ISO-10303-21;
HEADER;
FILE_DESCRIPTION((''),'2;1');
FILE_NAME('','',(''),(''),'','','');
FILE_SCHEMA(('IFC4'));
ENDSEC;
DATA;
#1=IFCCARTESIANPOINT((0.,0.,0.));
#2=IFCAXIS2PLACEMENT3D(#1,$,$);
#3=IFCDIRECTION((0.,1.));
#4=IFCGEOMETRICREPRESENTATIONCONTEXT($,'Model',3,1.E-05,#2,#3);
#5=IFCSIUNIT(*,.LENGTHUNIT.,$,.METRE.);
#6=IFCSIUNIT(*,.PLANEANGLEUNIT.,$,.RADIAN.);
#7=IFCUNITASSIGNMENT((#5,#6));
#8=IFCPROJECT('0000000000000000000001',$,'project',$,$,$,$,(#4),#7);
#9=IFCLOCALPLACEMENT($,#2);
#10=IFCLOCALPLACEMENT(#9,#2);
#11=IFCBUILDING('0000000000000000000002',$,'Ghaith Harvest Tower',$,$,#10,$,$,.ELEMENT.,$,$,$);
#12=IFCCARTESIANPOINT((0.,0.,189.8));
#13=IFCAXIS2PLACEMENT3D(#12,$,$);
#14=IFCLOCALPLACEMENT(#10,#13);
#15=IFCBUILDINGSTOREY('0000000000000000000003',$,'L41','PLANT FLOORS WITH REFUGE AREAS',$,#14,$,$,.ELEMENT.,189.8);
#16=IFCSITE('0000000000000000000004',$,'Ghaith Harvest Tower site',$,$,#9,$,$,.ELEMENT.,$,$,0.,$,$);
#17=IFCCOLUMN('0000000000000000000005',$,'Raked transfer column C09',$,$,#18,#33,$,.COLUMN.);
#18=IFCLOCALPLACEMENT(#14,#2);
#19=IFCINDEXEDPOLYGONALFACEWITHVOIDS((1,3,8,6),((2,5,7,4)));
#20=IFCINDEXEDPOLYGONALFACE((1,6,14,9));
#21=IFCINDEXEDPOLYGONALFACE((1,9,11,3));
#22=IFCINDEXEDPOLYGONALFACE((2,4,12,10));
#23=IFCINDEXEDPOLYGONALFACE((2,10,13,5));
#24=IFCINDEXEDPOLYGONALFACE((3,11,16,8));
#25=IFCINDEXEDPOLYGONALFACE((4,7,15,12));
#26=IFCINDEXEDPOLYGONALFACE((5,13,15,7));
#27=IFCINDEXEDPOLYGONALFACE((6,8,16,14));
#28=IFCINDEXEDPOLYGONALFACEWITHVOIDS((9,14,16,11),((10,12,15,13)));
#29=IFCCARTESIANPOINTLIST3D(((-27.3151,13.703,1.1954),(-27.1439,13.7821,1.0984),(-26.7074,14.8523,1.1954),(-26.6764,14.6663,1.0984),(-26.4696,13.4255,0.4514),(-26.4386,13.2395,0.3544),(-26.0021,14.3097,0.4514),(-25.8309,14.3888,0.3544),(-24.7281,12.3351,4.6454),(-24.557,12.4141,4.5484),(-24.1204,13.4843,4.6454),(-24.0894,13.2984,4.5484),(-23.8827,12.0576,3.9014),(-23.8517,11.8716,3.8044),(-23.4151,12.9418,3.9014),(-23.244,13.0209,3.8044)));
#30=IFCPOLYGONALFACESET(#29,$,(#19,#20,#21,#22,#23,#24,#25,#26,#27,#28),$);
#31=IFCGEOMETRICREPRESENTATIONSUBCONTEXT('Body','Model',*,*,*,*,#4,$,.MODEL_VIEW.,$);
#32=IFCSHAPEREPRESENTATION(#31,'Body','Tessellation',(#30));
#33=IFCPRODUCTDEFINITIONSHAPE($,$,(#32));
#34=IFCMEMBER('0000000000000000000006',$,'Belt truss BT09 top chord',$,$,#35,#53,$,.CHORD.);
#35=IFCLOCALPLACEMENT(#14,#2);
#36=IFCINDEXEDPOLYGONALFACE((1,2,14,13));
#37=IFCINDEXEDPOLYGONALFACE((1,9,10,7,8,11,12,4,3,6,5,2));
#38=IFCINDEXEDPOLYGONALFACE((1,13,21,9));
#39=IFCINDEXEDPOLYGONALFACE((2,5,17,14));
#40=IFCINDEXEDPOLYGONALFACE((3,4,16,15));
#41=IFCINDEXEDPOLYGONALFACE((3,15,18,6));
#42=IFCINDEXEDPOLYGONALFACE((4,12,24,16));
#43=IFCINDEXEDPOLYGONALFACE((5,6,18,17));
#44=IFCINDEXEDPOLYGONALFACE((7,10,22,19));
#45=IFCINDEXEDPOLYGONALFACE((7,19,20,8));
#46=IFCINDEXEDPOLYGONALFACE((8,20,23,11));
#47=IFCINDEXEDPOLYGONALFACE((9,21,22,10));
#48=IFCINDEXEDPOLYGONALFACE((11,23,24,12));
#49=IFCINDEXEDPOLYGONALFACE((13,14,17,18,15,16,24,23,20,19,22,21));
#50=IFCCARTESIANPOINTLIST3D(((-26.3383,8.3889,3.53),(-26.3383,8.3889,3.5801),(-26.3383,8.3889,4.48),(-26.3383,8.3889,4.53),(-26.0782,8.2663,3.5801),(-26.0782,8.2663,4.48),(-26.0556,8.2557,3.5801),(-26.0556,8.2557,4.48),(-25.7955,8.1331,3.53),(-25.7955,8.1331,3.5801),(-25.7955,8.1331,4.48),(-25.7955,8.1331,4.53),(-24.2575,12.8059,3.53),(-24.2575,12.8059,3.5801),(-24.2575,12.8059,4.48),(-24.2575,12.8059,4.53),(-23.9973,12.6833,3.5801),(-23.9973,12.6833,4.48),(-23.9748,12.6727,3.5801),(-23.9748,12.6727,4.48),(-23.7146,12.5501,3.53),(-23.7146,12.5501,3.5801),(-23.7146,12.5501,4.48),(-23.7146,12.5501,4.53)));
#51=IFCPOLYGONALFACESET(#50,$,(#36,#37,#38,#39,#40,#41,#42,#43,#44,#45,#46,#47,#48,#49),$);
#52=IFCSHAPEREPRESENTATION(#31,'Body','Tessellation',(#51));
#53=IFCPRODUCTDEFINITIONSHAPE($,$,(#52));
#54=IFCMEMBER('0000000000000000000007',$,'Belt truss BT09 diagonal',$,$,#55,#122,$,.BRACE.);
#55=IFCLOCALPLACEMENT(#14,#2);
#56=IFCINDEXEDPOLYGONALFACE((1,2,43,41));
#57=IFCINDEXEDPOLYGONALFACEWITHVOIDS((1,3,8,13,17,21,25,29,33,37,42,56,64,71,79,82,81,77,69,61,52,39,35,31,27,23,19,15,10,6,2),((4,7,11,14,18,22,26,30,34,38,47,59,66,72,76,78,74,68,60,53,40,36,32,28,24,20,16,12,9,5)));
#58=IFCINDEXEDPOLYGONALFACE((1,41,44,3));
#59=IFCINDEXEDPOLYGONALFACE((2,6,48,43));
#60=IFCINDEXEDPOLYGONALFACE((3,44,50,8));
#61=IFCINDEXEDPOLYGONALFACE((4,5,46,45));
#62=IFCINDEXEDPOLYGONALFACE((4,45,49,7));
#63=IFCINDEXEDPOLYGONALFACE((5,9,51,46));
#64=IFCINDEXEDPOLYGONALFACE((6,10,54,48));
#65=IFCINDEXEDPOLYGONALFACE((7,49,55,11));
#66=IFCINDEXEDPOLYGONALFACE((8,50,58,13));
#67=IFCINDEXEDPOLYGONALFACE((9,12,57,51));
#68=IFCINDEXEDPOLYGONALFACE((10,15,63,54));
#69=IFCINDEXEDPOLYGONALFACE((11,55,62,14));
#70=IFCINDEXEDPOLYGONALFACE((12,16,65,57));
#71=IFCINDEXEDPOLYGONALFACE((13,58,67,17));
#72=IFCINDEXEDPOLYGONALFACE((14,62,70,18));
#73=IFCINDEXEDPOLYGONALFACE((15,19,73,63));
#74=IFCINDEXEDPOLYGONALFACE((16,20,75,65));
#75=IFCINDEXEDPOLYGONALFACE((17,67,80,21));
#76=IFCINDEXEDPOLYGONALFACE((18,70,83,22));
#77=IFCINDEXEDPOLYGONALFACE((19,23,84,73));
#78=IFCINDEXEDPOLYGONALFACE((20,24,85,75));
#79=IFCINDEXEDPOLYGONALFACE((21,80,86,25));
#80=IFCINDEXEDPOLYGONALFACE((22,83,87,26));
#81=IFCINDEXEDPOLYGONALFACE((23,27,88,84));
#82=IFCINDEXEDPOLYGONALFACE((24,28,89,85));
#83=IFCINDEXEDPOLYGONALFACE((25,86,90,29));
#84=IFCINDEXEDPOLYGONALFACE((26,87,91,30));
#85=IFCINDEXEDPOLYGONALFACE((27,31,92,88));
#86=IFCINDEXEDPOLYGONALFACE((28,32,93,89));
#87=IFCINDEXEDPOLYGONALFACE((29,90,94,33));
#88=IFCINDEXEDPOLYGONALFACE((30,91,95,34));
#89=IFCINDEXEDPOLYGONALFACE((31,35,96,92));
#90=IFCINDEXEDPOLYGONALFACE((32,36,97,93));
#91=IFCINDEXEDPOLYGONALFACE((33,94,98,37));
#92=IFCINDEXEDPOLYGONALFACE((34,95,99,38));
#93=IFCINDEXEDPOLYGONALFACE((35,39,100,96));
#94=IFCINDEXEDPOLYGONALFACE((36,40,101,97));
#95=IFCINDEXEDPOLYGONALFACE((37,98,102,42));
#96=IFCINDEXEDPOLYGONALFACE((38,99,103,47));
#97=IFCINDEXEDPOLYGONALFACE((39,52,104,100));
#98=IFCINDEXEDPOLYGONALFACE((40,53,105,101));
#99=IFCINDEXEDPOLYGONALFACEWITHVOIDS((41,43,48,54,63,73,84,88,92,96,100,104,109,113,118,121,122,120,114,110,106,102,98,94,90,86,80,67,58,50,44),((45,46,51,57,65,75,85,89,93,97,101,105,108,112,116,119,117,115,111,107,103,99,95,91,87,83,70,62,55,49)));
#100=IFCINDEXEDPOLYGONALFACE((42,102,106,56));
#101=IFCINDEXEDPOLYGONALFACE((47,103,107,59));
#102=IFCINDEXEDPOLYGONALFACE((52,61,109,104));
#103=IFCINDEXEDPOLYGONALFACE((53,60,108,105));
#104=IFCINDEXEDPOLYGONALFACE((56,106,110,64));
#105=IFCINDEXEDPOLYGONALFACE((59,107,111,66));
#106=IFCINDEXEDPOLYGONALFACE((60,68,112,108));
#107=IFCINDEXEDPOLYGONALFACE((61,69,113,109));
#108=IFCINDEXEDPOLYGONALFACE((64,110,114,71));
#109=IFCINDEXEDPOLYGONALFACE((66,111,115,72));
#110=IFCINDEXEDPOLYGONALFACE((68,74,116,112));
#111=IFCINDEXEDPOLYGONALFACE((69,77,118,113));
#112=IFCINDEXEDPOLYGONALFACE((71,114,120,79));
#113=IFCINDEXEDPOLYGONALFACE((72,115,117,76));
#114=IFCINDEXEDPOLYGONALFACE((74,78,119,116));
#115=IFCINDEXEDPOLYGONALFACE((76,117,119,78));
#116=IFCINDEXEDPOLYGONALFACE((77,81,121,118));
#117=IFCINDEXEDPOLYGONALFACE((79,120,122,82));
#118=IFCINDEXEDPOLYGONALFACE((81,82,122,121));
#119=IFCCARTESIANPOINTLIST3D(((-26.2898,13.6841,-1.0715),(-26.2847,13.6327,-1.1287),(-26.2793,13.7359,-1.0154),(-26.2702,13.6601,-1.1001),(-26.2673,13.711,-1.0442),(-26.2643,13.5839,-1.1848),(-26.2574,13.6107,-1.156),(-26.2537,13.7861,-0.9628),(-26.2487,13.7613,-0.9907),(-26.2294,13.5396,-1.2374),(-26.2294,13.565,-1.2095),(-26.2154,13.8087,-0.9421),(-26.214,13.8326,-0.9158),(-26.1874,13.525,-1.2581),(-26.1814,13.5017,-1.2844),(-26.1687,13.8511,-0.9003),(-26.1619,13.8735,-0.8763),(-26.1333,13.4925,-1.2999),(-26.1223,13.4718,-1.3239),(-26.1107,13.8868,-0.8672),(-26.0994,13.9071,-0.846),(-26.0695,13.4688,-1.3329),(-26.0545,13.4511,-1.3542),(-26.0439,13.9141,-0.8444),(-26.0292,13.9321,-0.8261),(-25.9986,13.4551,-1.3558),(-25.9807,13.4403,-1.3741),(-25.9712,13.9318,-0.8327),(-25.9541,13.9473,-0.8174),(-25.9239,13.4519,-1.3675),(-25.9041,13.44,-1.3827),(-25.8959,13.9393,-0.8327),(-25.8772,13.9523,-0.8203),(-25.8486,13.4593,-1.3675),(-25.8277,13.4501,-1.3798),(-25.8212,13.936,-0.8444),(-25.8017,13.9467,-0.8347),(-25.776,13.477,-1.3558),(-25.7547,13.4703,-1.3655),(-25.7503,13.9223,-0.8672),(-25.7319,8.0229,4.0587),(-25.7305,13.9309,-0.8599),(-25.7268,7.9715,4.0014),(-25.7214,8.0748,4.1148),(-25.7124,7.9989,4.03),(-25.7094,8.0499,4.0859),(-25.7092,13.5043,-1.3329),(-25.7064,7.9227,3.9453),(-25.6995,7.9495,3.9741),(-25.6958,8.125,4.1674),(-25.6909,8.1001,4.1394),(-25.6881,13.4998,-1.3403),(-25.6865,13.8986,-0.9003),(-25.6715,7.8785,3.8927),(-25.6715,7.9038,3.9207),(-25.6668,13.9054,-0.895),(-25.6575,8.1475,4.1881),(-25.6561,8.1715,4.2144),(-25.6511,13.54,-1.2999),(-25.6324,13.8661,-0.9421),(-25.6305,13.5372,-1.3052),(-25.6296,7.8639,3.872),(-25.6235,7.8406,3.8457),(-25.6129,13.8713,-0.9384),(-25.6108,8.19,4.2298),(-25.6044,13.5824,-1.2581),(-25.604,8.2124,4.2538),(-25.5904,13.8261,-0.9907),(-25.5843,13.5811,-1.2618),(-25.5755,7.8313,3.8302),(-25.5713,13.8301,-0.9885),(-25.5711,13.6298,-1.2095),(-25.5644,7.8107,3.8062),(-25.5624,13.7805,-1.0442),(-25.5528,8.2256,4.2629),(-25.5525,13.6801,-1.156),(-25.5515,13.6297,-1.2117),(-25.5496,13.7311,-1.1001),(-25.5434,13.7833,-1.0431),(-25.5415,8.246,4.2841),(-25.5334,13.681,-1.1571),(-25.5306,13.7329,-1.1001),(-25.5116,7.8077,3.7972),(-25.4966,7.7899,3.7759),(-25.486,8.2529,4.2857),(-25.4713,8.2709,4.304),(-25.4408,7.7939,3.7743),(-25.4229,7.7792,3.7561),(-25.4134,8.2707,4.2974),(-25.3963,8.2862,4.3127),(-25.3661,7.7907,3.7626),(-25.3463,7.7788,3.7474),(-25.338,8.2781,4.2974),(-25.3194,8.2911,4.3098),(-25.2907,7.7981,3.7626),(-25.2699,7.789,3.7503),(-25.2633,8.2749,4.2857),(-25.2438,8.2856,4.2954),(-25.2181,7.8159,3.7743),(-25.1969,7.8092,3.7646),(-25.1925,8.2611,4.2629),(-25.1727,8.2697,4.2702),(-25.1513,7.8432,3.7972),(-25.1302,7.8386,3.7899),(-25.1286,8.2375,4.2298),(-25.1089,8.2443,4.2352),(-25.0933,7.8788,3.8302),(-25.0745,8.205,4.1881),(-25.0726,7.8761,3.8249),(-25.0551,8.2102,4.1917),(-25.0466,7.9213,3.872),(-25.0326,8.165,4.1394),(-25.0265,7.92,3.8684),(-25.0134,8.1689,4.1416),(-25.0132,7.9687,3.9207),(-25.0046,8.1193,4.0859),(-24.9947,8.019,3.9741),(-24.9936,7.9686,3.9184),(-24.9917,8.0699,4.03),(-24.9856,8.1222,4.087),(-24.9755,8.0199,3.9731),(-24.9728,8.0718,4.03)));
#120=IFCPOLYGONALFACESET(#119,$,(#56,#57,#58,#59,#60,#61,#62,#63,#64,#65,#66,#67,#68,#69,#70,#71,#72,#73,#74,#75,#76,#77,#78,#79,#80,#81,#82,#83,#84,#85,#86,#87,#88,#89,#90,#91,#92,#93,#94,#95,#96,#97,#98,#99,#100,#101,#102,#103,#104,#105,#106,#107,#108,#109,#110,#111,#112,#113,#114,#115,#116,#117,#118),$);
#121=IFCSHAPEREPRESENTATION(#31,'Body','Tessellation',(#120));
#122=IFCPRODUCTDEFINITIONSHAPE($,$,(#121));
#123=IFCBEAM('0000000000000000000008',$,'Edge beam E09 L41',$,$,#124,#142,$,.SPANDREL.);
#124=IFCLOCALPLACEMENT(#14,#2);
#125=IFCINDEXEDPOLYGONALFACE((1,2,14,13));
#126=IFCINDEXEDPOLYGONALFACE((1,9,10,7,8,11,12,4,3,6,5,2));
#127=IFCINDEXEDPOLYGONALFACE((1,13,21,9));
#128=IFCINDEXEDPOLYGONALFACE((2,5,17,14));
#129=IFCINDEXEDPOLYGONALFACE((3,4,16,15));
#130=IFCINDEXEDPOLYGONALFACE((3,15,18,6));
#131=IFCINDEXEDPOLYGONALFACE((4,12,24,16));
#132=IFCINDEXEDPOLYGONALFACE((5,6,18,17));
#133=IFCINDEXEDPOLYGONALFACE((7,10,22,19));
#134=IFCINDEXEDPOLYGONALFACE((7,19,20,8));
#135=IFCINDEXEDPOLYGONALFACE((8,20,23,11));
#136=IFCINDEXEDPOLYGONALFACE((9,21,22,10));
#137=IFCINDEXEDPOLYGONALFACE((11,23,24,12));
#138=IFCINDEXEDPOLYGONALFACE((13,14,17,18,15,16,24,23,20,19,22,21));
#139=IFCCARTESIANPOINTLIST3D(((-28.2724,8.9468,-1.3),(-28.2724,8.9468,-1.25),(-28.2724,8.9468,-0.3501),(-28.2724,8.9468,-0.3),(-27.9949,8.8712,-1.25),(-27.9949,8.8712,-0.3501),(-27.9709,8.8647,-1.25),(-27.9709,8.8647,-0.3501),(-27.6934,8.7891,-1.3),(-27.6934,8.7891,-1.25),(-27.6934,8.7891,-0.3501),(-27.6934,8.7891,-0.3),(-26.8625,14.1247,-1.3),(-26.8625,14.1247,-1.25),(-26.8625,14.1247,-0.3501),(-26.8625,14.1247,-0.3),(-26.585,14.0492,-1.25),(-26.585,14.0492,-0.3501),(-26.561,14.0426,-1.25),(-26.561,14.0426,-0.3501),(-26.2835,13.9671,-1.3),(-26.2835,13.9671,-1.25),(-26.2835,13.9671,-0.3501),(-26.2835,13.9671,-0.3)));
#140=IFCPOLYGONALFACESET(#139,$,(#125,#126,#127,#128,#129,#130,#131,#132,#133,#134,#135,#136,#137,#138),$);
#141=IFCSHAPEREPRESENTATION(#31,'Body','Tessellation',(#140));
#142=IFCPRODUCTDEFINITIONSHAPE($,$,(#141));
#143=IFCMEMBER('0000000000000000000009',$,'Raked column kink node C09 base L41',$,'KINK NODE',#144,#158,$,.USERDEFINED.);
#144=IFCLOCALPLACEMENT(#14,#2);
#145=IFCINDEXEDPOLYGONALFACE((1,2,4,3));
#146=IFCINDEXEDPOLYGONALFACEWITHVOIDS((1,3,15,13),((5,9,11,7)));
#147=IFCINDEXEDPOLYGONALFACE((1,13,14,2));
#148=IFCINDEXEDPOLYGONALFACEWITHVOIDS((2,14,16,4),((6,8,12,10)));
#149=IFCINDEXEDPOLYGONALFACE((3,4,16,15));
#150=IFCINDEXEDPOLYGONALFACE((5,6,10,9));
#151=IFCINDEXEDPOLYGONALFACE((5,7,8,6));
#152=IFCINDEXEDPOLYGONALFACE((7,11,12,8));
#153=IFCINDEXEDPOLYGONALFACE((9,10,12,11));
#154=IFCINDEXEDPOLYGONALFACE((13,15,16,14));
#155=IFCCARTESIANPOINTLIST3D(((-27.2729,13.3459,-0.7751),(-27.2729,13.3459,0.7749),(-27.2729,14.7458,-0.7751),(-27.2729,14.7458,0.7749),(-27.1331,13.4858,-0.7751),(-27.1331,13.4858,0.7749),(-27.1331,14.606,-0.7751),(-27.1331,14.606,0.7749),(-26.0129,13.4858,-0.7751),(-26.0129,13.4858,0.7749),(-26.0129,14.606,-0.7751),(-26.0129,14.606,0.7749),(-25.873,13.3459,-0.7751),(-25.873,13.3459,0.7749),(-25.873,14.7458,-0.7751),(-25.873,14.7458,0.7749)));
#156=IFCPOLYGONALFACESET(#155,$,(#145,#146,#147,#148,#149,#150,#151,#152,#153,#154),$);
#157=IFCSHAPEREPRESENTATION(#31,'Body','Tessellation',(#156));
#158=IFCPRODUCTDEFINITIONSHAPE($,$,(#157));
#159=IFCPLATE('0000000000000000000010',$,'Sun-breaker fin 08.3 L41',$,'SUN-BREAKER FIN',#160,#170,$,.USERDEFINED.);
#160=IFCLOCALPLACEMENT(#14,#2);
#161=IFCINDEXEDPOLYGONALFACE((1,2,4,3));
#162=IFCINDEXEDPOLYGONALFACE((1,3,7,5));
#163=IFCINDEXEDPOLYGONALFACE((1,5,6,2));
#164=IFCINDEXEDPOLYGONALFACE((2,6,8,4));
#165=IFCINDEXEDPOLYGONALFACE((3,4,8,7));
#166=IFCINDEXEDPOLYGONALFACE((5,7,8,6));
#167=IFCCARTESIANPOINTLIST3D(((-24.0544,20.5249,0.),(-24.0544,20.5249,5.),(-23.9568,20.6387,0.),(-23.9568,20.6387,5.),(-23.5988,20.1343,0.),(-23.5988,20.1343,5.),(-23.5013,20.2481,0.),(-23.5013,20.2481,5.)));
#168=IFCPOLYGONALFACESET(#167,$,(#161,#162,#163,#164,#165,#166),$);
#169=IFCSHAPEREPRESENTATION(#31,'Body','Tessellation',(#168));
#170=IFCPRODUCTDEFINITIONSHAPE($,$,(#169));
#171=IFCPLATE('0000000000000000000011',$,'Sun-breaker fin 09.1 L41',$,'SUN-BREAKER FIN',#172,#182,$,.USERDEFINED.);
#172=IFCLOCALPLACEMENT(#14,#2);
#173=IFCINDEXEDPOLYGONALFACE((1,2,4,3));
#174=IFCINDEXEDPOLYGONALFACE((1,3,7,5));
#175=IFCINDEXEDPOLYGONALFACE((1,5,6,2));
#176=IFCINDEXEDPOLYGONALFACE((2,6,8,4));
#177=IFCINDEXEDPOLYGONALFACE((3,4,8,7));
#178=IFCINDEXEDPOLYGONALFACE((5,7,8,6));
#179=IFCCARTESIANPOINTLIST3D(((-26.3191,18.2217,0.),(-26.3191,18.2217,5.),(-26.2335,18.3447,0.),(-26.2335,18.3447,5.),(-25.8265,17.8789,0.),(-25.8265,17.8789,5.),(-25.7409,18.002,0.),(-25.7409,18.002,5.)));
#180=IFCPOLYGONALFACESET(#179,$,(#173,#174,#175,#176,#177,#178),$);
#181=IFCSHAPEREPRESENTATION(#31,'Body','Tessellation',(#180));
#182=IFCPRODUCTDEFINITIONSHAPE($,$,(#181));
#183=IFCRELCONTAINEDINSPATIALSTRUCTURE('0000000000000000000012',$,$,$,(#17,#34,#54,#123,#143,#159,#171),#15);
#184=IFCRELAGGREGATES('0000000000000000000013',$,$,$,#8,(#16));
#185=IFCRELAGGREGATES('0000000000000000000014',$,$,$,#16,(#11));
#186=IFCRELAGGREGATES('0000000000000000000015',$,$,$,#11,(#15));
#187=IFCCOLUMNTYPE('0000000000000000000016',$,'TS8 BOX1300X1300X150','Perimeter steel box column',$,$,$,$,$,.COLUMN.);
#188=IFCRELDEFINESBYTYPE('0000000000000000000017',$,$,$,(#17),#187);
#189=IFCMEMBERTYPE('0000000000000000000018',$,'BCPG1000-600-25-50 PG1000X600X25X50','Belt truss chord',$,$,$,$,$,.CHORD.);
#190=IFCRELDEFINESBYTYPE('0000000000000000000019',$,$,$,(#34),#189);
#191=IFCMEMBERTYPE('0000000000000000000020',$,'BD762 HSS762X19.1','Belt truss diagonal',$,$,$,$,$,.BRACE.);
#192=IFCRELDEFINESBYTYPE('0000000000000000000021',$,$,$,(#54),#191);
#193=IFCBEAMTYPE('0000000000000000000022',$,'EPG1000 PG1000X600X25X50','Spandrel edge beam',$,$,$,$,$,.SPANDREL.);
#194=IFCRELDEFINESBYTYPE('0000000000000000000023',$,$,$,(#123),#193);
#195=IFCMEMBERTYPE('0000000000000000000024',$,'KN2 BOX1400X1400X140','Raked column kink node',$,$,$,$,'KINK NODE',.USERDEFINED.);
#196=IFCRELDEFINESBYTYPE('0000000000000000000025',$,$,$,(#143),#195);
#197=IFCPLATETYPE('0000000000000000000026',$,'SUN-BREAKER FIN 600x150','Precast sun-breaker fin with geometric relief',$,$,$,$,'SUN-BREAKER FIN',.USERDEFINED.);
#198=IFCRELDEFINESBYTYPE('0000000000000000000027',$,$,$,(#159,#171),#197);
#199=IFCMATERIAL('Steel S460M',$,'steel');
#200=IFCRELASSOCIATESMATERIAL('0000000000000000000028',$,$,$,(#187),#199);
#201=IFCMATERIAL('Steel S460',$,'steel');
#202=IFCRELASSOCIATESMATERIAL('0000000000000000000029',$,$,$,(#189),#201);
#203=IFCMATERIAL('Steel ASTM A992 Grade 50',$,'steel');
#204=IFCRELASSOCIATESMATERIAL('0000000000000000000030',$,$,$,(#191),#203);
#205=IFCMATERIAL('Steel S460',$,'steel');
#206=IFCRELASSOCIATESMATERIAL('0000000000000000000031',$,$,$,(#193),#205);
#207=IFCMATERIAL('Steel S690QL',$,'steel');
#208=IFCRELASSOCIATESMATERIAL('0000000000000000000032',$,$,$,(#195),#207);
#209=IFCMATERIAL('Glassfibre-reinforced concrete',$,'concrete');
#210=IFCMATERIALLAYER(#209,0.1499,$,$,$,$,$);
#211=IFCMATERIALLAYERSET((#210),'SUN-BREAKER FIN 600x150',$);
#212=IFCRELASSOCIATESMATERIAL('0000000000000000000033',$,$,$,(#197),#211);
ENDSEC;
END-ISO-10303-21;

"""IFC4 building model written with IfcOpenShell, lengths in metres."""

from ifc_helpers import new_model, si_unit, direction, frame, origin, origin_2d, place, context, subcontext, project, spatial, rectangle, hollow_rectangle, hollow_circle, i_section, extrude, material, layer, layer_set, material_profile, profile_set, type_object, element, save


model = new_model("IFC4")

# Units and contexts
model_context = context("Model", 3, precision=1e-05, world=origin(), true_north=direction((0.0, 1.0)))
body_context = subcontext(model_context, "Body", "Model", "MODEL_VIEW")
ifc_project = project(units=[si_unit("LENGTHUNIT", "METRE"), si_unit("PLANEANGLEUNIT", "RADIAN")], contexts=[model_context])

# Site, building, storey
site_placement = place(None, origin())
site = spatial("IfcSite", under=ifc_project, at=site_placement, Name="Ghaith Harvest Tower site", CompositionType="ELEMENT", RefElevation=0.0)
building_placement = place(site_placement, origin())
building = spatial("IfcBuilding", under=site, at=building_placement, Name="Ghaith Harvest Tower", CompositionType="ELEMENT")
storey_placement = place(building_placement, frame((0.0, 0.0, 189.8)))
storey = spatial("IfcBuildingStorey", under=building, at=storey_placement, Name="L41", Description="PLANT FLOORS WITH REFUGE AREAS", CompositionType="ELEMENT", Elevation=189.8)

# Column
ifc_material_1 = material(Name="Steel S460M", Category="steel")
ifc_material_profile_1 = material_profile(ifc_material_1, hollow_rectangle(XDim=1.3, YDim=1.3, WallThickness=0.1499, at=origin_2d()), Name="BOX1300X1300X150")
ifc_profile_set_1 = profile_set([ifc_material_profile_1], Name="Steel S460M")
column_type = type_object("IfcColumnType", Name="TS8 BOX1300X1300X150", Description="Perimeter steel box column", PredefinedType="COLUMN", material=ifc_profile_set_1)
column_placement = place(storey_placement, frame((-26.573, 14.0459, 0.7749), z_axis=(0.571835, -0.302378, 0.762609), x_axis=(0.467455, 0.884017, 0.0)))
element("IfcColumn", 1, at=column_placement, inside=storey, type_object=column_type, Name="Raked transfer column C09", PredefinedType="COLUMN", context=body_context, shape_type="SweptSolid", body=[
    extrude(hollow_rectangle(XDim=1.3, YDim=1.3, WallThickness=0.1499, at=origin_2d()), origin(), (0.0, 0.0, 1.0), 4.5239),
])

# Members
ifc_material_2 = material(Name="Steel S460", Category="steel")
ifc_material_profile_2 = material_profile(ifc_material_2, i_section(OverallWidth=0.6001, OverallDepth=1.0, WebThickness=0.0249, FlangeThickness=0.05, at=origin_2d()), Name="PG1000X600X25X50")
ifc_profile_set_2 = profile_set([ifc_material_profile_2], Name="Steel S460")
member_type_1 = type_object("IfcMemberType", Name="BCPG1000-600-25-50 PG1000X600X25X50", Description="Belt truss chord", PredefinedType="CHORD", material=ifc_profile_set_2)
member_1_placement = place(storey_placement, frame((-23.9861, 12.678, 4.03), z_axis=(-0.42617, -0.904643, 0.0), x_axis=(0.904643, -0.42617, 0.0)))
element("IfcMember", 2, at=member_1_placement, inside=storey, type_object=member_type_1, Name="Belt truss BT09 top chord", PredefinedType="CHORD", context=body_context, shape_type="SweptSolid", body=[
    extrude(i_section(OverallWidth=0.6001, OverallDepth=1.0, WebThickness=0.0249, FlangeThickness=0.05, at=origin_2d()), origin(), (0.0, 0.0, 1.0), 4.8826),
])
ifc_material_3 = material(Name="Steel ASTM A992 Grade 50", Category="steel")
ifc_material_profile_3 = material_profile(ifc_material_3, hollow_circle(Radius=0.3811, WallThickness=0.019, at=origin_2d()), Name="HSS762X19.1")
ifc_profile_set_3 = profile_set([ifc_material_profile_3], Name="Steel ASTM A992 Grade 50")
member_type_2 = type_object("IfcMemberType", Name="BD762 HSS762X19.1", Description="Belt truss diagonal", PredefinedType="BRACE", material=ifc_profile_set_3)
member_2_placement = place(storey_placement, frame((-25.9099, 13.6956, -1.1001), z_axis=(0.072826, -0.739037, 0.669717), x_axis=(0.99518, 0.098067, 0.0)))
element("IfcMember", 3, at=member_2_placement, inside=storey, type_object=member_type_2, Name="Belt truss BT09 diagonal", PredefinedType="BRACE", context=body_context, shape_type="SweptSolid", body=[
    extrude(hollow_circle(Radius=0.3811, WallThickness=0.019, at=origin_2d()), origin(), (0.0, 0.0, 1.0), 7.6602),
])

# Beam
ifc_material_4 = material(Name="Steel S460", Category="steel")
ifc_material_profile_4 = material_profile(ifc_material_4, i_section(OverallWidth=0.6001, OverallDepth=1.0, WebThickness=0.0249, FlangeThickness=0.05, at=origin_2d()), Name="PG1000X600X25X50")
ifc_profile_set_4 = profile_set([ifc_material_profile_4], Name="Steel S460")
beam_type = type_object("IfcBeamType", Name="EPG1000 PG1000X600X25X50", Description="Spandrel edge beam", PredefinedType="SPANDREL", material=ifc_profile_set_4)
beam_placement = place(storey_placement, frame((-26.573, 14.0459, -0.8), z_axis=(-0.262725, -0.964871, 0.0), x_axis=(0.964871, -0.262725, 0.0)))
element("IfcBeam", 4, at=beam_placement, inside=storey, type_object=beam_type, Name="Edge beam E09 L41", PredefinedType="SPANDREL", context=body_context, shape_type="SweptSolid", body=[
    extrude(i_section(OverallWidth=0.6001, OverallDepth=1.0, WebThickness=0.0249, FlangeThickness=0.05, at=origin_2d()), origin(), (0.0, 0.0, 1.0), 5.3665),
])

# Member
ifc_material_5 = material(Name="Steel S690QL", Category="steel")
ifc_material_profile_5 = material_profile(ifc_material_5, hollow_rectangle(XDim=1.3999, YDim=1.3999, WallThickness=0.1399, at=origin_2d()), Name="BOX1400X1400X140")
ifc_profile_set_5 = profile_set([ifc_material_profile_5], Name="Steel S690QL")
member_type_3 = type_object("IfcMemberType", Name="KN2 BOX1400X1400X140", Description="Raked column kink node", ElementType="KINK NODE", PredefinedType="USERDEFINED", material=ifc_profile_set_5)
member_3_placement = place(storey_placement, frame((-26.573, 14.0459, -0.7751), z_axis=(0.0, 0.0, 1.0), x_axis=(1.0, 0.0, 0.0)))
element("IfcMember", 5, at=member_3_placement, inside=storey, type_object=member_type_3, Name="Raked column kink node C09 base L41", ObjectType="KINK NODE", PredefinedType="USERDEFINED", context=body_context, shape_type="SweptSolid", body=[
    extrude(hollow_rectangle(XDim=1.3999, YDim=1.3999, WallThickness=0.1399, at=origin_2d()), origin(), (0.0, 0.0, 1.0), 1.55),
])

# Plates
ifc_material_6 = material(Name="Glassfibre-reinforced concrete", Category="concrete")
ifc_layer_1 = layer(ifc_material_6, 0.1499)
ifc_layer_set_1 = layer_set([ifc_layer_1], Name="SUN-BREAKER FIN 600x150")
plate_type = type_object("IfcPlateType", Name="SUN-BREAKER FIN 600x150", Description="Precast sun-breaker fin with geometric relief", ElementType="SUN-BREAKER FIN", PredefinedType="USERDEFINED", material=ifc_layer_set_1)
for number, where, z_axis, x_axis, name in (
    (6, (-23.7778, 20.3865, 0.0), (0.0, 0.0, 1.0), (-0.75917, 0.650893, 0.0), "Sun-breaker fin 08.3 L41"),
    (7, (-26.03, 18.1118, 0.0), (0.0, 0.0, 1.0), (-0.820845, 0.57115, 0.0), "Sun-breaker fin 09.1 L41"),
):
    element("IfcPlate", number, at=place(storey_placement, frame(where, z_axis=z_axis, x_axis=x_axis)), inside=storey, type_object=plate_type, Name=name, ObjectType="SUN-BREAKER FIN", PredefinedType="USERDEFINED", context=body_context, shape_type="SweptSolid", body=[
        extrude(rectangle(XDim=0.6001, YDim=0.1499, at=origin_2d()), origin(), (0.0, 0.0, 1.0), 5.0),
    ])

save(model, "model.ifc")
